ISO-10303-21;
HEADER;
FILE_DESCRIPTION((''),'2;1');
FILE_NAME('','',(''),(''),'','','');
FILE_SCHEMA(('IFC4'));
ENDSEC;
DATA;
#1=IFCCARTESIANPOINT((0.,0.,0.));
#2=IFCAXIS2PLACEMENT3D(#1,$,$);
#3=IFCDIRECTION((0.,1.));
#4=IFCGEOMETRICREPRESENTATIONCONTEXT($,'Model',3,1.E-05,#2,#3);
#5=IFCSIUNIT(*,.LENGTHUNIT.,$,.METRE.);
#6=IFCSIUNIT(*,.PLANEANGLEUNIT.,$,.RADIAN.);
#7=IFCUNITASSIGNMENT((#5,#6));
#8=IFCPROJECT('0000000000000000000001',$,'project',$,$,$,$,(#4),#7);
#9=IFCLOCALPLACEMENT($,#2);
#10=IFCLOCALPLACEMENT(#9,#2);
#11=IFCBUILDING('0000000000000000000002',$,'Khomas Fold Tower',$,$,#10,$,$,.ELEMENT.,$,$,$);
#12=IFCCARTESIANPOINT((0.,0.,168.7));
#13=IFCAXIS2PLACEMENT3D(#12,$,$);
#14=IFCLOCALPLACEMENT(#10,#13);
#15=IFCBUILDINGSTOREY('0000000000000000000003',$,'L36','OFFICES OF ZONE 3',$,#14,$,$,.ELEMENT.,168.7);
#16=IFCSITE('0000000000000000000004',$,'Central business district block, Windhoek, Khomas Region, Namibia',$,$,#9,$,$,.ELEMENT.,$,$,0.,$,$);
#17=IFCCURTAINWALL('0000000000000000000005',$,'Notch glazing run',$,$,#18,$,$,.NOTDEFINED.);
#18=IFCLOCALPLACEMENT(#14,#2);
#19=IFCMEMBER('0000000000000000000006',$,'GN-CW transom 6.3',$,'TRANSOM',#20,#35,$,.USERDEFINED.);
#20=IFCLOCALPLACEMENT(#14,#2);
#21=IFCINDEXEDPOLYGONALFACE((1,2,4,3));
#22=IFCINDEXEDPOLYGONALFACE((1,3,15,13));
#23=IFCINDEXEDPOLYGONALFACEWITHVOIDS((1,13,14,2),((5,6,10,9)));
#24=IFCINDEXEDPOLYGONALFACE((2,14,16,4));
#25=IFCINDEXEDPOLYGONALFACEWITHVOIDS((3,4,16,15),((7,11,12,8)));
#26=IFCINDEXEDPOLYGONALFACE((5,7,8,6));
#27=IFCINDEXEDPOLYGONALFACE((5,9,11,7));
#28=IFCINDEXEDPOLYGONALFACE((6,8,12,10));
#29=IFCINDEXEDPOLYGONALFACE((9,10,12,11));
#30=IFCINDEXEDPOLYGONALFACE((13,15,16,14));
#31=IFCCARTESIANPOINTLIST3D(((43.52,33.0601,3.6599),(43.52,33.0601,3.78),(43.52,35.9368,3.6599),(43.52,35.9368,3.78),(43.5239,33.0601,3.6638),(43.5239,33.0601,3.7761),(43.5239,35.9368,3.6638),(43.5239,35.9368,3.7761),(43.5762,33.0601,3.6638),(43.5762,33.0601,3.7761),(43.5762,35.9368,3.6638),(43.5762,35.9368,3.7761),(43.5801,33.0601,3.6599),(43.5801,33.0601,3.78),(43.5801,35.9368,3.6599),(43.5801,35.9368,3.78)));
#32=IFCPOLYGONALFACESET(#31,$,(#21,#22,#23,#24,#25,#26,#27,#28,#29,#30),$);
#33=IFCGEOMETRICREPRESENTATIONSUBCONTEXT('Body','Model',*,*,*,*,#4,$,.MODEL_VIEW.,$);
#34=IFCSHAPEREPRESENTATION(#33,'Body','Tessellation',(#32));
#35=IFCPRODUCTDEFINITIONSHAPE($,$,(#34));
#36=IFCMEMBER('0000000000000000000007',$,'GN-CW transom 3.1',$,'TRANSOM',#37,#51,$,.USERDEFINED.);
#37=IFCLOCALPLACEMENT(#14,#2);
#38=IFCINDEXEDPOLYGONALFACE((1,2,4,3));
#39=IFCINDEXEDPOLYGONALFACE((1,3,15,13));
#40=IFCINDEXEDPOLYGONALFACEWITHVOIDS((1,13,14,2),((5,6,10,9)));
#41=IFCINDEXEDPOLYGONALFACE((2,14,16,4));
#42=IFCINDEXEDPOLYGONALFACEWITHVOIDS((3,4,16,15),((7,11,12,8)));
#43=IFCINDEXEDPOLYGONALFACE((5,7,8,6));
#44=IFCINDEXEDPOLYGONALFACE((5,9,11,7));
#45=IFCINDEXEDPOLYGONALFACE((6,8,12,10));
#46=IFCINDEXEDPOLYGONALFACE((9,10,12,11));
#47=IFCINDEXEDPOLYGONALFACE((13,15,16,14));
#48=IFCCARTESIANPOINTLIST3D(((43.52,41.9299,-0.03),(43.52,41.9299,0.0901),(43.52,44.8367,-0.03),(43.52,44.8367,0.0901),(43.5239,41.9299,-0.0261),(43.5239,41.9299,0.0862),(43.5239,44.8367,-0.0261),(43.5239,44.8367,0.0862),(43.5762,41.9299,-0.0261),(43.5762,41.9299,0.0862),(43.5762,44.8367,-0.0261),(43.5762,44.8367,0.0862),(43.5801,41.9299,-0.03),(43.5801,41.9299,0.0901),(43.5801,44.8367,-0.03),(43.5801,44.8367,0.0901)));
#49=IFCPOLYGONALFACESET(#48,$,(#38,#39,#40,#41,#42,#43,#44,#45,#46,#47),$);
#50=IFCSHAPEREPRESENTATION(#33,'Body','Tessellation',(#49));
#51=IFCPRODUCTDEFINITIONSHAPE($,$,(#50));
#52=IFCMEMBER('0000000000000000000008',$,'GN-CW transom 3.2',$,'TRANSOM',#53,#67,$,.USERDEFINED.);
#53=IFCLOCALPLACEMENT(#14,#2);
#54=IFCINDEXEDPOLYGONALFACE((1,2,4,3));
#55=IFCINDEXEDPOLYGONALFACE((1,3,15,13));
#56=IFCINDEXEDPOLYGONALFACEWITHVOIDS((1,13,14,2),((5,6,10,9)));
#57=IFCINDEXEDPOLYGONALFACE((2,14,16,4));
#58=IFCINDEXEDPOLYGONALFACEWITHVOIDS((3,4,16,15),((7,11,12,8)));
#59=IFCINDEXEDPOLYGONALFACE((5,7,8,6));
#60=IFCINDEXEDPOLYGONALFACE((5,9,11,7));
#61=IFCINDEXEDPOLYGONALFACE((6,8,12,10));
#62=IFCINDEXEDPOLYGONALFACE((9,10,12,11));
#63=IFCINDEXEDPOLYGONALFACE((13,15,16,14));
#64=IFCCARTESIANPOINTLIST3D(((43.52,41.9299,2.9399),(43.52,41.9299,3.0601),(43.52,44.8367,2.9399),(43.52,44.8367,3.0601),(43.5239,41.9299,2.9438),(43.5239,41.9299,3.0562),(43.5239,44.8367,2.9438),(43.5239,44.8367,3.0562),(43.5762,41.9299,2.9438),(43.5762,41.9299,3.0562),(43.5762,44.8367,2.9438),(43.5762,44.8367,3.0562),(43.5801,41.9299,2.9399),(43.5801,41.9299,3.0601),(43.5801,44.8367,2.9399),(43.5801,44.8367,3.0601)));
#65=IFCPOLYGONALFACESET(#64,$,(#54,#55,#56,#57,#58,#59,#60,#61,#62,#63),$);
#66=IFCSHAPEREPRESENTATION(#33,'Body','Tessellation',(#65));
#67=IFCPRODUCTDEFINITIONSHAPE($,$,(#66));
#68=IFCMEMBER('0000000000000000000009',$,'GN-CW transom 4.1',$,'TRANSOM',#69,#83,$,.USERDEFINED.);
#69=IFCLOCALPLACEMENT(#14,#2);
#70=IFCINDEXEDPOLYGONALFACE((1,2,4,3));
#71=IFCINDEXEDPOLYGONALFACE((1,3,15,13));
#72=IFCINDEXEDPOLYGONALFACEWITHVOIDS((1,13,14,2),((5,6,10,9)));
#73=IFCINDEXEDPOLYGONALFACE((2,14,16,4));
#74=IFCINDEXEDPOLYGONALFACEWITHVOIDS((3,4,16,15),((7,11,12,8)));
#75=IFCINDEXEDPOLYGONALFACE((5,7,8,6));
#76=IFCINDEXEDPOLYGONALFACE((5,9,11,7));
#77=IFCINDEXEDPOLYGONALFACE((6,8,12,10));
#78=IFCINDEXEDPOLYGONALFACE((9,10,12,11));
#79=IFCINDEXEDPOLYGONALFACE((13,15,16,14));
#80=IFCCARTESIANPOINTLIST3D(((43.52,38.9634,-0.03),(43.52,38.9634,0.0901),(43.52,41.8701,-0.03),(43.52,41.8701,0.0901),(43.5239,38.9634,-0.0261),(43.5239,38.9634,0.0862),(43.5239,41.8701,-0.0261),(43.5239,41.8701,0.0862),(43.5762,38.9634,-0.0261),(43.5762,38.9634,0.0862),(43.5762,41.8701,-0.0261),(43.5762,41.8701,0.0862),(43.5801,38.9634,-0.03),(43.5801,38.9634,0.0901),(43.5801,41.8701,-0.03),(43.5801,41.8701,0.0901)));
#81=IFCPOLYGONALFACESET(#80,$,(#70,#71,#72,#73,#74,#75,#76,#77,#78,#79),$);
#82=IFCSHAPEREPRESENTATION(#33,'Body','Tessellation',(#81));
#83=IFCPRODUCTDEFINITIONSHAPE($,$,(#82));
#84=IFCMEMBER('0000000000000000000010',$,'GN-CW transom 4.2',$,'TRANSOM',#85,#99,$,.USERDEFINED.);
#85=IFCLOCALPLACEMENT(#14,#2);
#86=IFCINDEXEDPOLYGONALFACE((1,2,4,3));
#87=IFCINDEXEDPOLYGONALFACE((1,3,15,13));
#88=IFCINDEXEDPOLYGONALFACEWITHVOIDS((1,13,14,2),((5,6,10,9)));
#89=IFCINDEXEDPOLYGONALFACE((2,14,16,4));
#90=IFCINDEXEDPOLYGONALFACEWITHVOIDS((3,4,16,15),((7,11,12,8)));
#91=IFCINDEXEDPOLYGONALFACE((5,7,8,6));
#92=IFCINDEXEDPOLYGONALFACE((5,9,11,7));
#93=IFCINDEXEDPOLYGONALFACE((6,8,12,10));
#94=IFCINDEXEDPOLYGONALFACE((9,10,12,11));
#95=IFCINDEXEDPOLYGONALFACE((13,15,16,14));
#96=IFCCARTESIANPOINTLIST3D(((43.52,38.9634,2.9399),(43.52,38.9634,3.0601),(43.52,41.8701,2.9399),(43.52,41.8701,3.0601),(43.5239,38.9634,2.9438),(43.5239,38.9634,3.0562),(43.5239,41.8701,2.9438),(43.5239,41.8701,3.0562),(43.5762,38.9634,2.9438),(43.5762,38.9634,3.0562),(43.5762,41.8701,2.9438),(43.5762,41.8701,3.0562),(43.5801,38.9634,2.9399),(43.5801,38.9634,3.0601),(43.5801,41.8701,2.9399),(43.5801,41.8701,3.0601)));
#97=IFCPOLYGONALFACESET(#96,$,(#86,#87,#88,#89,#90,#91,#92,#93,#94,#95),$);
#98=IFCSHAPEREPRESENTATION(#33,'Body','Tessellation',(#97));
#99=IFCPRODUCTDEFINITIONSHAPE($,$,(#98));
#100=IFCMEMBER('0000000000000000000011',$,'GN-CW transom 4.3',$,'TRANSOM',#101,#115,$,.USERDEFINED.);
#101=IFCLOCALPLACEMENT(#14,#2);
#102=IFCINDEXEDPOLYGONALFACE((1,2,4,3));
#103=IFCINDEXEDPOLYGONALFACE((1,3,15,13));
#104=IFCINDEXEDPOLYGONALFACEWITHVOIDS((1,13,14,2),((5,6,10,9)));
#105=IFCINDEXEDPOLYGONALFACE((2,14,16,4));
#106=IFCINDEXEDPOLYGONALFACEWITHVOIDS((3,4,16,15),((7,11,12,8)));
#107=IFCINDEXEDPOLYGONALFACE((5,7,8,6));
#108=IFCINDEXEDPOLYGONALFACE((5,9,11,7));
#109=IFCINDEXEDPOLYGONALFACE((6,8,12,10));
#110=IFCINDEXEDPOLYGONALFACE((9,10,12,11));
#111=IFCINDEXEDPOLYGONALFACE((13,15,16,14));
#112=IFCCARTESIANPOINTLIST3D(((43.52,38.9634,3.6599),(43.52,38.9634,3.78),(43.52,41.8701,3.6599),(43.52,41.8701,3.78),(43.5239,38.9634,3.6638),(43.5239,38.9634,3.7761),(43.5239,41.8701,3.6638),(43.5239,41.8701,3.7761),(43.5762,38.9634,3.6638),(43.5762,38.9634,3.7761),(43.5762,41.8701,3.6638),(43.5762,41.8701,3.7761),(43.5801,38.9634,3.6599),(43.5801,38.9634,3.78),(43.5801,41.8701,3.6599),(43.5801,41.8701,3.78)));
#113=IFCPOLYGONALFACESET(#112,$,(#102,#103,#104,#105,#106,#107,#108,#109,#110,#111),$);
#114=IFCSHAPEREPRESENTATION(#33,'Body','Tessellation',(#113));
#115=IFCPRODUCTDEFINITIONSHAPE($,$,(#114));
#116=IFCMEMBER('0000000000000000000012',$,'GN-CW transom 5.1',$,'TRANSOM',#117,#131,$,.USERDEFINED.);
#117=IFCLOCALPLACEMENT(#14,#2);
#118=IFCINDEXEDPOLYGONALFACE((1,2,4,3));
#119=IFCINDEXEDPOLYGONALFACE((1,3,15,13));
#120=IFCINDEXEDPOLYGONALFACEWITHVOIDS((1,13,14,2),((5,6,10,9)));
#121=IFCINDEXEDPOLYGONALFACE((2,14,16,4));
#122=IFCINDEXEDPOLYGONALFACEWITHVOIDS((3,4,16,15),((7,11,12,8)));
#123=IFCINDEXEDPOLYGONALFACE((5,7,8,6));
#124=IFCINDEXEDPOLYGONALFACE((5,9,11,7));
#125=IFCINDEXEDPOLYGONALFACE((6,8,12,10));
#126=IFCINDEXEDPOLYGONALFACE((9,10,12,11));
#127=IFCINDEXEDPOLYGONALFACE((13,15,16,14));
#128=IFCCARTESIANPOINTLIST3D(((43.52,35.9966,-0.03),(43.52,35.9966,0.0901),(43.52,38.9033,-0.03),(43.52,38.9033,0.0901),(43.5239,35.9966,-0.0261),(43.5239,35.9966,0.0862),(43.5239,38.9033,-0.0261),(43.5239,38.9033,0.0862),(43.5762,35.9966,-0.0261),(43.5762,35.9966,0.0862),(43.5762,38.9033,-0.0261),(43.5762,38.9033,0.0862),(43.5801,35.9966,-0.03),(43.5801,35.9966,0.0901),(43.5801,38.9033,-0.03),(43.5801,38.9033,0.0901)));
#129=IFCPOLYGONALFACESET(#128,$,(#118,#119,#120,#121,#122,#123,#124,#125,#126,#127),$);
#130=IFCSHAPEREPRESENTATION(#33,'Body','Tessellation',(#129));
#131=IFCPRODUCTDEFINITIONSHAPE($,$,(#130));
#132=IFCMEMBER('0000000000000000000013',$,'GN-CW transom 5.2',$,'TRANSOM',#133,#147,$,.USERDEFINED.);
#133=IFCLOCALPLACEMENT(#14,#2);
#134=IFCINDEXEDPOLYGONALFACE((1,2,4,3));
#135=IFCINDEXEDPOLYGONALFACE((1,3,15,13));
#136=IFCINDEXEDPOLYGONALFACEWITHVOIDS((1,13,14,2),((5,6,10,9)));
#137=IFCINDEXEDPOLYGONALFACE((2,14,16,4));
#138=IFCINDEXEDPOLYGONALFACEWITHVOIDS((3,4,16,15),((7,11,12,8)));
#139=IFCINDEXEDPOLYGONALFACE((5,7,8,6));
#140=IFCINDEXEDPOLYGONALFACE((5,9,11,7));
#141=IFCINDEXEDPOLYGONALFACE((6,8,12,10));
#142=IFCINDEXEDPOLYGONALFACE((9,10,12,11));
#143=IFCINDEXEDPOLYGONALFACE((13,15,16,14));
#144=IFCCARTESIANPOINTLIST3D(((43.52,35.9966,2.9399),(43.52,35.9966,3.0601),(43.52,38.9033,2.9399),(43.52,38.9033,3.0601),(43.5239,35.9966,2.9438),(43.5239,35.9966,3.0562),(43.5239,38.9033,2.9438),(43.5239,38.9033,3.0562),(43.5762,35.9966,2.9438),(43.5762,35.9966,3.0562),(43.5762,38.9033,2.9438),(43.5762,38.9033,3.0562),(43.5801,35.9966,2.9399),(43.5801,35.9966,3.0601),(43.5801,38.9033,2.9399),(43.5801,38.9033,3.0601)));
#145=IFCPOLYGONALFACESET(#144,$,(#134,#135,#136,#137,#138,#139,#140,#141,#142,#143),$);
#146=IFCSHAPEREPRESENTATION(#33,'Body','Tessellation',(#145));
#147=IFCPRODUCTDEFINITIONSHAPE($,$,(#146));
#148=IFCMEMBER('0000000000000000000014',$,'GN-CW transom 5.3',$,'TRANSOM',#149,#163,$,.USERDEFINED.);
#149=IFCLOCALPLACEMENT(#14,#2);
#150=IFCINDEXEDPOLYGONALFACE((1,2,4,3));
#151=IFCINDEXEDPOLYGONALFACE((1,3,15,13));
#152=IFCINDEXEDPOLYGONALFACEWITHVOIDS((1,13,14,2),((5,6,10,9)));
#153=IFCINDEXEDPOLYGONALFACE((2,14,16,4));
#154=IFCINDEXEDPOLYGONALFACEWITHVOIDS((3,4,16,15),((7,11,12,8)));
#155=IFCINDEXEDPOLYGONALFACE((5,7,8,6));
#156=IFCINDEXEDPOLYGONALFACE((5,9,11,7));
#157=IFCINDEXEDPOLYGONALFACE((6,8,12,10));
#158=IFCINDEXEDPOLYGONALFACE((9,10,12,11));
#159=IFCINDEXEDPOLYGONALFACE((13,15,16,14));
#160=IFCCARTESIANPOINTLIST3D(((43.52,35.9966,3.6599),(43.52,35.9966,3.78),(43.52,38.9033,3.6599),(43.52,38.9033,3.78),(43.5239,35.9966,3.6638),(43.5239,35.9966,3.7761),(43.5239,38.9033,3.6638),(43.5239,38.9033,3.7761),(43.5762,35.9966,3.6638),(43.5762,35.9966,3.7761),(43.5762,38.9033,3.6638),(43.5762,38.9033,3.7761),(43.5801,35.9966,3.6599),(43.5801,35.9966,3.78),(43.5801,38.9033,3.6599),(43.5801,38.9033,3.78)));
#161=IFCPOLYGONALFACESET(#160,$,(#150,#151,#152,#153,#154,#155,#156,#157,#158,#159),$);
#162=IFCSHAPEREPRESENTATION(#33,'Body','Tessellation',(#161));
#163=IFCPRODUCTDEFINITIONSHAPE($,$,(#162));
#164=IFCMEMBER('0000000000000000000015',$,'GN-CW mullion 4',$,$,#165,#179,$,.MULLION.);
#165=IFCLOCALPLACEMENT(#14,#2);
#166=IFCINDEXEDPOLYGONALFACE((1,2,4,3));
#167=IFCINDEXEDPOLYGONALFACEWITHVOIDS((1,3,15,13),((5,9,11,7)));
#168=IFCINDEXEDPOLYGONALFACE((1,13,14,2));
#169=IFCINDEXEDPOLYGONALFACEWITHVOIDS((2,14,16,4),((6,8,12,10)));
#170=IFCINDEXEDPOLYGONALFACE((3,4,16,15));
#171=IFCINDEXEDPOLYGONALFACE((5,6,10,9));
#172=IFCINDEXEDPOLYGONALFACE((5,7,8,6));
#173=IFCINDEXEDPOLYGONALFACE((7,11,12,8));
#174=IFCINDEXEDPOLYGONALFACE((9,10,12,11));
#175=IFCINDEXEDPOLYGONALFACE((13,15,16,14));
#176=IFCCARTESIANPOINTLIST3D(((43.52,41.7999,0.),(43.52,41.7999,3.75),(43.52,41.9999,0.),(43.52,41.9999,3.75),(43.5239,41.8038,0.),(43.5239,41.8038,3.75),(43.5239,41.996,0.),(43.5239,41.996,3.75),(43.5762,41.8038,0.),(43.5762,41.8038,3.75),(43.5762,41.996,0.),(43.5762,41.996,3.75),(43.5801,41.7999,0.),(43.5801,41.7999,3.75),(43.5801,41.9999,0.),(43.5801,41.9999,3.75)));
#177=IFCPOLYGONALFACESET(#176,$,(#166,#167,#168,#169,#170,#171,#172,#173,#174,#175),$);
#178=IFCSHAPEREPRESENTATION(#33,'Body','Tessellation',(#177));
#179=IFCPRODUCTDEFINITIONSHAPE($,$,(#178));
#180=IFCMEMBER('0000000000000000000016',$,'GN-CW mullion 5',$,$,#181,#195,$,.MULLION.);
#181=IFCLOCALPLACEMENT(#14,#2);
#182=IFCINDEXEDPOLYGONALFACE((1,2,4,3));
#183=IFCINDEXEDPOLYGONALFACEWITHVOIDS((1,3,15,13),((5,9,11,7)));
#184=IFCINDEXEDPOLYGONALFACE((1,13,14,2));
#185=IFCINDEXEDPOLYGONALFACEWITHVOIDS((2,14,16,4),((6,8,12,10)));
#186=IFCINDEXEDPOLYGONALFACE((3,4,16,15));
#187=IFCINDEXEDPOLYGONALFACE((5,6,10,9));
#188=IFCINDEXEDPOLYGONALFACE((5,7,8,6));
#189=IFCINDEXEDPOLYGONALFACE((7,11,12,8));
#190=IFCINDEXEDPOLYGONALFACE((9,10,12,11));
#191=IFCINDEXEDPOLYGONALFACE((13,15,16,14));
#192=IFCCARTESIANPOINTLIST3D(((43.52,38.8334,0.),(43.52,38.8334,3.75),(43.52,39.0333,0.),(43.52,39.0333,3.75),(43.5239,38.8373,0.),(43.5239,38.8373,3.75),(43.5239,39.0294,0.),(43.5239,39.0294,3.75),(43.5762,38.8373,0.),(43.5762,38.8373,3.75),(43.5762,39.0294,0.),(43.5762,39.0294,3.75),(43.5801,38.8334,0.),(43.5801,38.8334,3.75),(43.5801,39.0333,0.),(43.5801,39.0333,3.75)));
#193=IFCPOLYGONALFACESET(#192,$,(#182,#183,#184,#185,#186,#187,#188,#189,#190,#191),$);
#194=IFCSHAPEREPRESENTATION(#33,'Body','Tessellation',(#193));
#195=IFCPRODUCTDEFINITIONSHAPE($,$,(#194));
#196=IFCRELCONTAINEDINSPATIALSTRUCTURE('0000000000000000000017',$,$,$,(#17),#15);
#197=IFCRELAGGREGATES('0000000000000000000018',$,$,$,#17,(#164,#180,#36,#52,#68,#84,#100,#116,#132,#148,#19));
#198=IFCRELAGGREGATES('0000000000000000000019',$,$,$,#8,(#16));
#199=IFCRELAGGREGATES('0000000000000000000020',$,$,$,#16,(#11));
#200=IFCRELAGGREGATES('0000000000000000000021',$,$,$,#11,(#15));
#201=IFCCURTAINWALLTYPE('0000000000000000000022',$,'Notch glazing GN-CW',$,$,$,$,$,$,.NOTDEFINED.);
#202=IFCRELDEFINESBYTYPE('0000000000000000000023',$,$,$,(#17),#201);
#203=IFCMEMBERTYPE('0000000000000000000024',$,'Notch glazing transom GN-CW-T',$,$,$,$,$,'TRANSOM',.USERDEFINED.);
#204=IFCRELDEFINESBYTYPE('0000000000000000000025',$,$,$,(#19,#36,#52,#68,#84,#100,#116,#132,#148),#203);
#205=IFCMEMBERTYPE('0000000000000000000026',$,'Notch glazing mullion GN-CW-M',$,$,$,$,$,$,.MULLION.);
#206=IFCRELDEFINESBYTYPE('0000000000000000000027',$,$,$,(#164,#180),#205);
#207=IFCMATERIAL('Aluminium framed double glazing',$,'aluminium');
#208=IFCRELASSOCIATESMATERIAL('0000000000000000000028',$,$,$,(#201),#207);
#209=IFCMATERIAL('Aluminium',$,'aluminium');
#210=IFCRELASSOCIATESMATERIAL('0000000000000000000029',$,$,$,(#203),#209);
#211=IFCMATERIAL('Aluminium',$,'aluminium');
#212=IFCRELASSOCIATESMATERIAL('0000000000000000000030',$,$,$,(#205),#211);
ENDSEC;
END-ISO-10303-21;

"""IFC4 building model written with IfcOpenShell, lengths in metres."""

from ifc_helpers import new_model, si_unit, direction, frame, origin, origin_2d, place, context, subcontext, project, spatial, hollow_rectangle, extrude, source, transform, mapped, material, material_profile, profile_set, type_object, element, aggregate, save


model = new_model("IFC4")

# Units and contexts
model_context = context("Model", 3, precision=1e-05, world=origin(), true_north=direction((0.0, 1.0)))
body_context = subcontext(model_context, "Body", "Model", "MODEL_VIEW")
ifc_project = project(units=[si_unit("LENGTHUNIT", "METRE"), si_unit("PLANEANGLEUNIT", "RADIAN")], contexts=[model_context])

# Site, building, storey
site_placement = place(None, origin())
site = spatial("IfcSite", under=ifc_project, at=site_placement, Name="Central business district block, Windhoek, Khomas Region, Namibia", CompositionType="ELEMENT", RefElevation=0.0)
building_placement = place(site_placement, origin())
building = spatial("IfcBuilding", under=site, at=building_placement, Name="Khomas Fold Tower", CompositionType="ELEMENT")
storey_placement = place(building_placement, frame((0.0, 0.0, 168.7)))
storey = spatial("IfcBuildingStorey", under=building, at=storey_placement, Name="L36", Description="OFFICES OF ZONE 3", CompositionType="ELEMENT", Elevation=168.7)

# Curtain wall, members
ifc_material_1 = material(Name="Aluminium framed double glazing", Category="aluminium")
curtain_wall_type_1 = type_object("IfcCurtainWallType", Name="Notch glazing GN-CW", PredefinedType="NOTDEFINED", material=ifc_material_1)
curtain_wall_1_placement = place(storey_placement, origin())
curtain_wall_1 = element("IfcCurtainWall", 1, at=curtain_wall_1_placement, inside=storey, type_object=curtain_wall_type_1, Name="Notch glazing run", PredefinedType="NOTDEFINED")
ifc_material_2 = material(Name="Aluminium", Category="aluminium")
ifc_material_profile_1 = material_profile(ifc_material_2, hollow_rectangle(XDim=0.0601, YDim=0.1201, WallThickness=0.0039, at=origin_2d()), Name="Notch glazing transom GN-CW-T")
ifc_profile_set_1 = profile_set([ifc_material_profile_1], Name="Aluminium")
member_type_1 = type_object("IfcMemberType", Name="Notch glazing transom GN-CW-T", ElementType="TRANSOM", PredefinedType="USERDEFINED", material=ifc_profile_set_1)
shared_shape_1 = source(origin(), body_context, "Body", "SweptSolid", [
    extrude(hollow_rectangle(XDim=0.0601, YDim=0.1201, WallThickness=0.0039, at=origin_2d()), origin(), (0.0, 0.0, 1.0), 2.8767),
])
member_1_placement = place(storey_placement, frame((43.55, 35.9368, 3.72), z_axis=(0.0, -1.0, 0.0), x_axis=(1.0, 0.0, 0.0)))
member_1 = element("IfcMember", 2, at=member_1_placement, type_object=member_type_1, Name="GN-CW transom 6.3", ObjectType="TRANSOM", PredefinedType="USERDEFINED", context=body_context, shape_type="MappedRepresentation", body=[
    mapped(shared_shape_1, transform((0.0, 0.0, 0.0))),
])
shared_shape_2 = source(origin(), body_context, "Body", "SweptSolid", [
    extrude(hollow_rectangle(XDim=0.0601, YDim=0.1201, WallThickness=0.0039, at=origin_2d()), origin(), (0.0, 0.0, 1.0), 2.9067),
])
member_2_placement = place(storey_placement, frame((43.55, 44.8367, 0.03), z_axis=(0.0, -1.0, 0.0), x_axis=(1.0, 0.0, 0.0)))
member_2 = element("IfcMember", 3, at=member_2_placement, type_object=member_type_1, Name="GN-CW transom 3.1", ObjectType="TRANSOM", PredefinedType="USERDEFINED", context=body_context, shape_type="MappedRepresentation", body=[
    mapped(shared_shape_2, transform((0.0, 0.0, 0.0))),
])
member_3_placement = place(storey_placement, frame((43.55, 44.8367, 3.0), z_axis=(0.0, -1.0, 0.0), x_axis=(1.0, 0.0, 0.0)))
member_3 = element("IfcMember", 4, at=member_3_placement, type_object=member_type_1, Name="GN-CW transom 3.2", ObjectType="TRANSOM", PredefinedType="USERDEFINED", context=body_context, shape_type="MappedRepresentation", body=[
    mapped(shared_shape_2, transform((0.0, 0.0, 0.0))),
])
member_4_placement = place(storey_placement, frame((43.55, 41.8701, 0.03), z_axis=(0.0, -1.0, 0.0), x_axis=(1.0, 0.0, 0.0)))
member_4 = element("IfcMember", 5, at=member_4_placement, type_object=member_type_1, Name="GN-CW transom 4.1", ObjectType="TRANSOM", PredefinedType="USERDEFINED", context=body_context, shape_type="MappedRepresentation", body=[
    mapped(shared_shape_2, transform((0.0, 0.0, 0.0))),
])
member_5_placement = place(storey_placement, frame((43.55, 41.8701, 3.0), z_axis=(0.0, -1.0, 0.0), x_axis=(1.0, 0.0, 0.0)))
member_5 = element("IfcMember", 6, at=member_5_placement, type_object=member_type_1, Name="GN-CW transom 4.2", ObjectType="TRANSOM", PredefinedType="USERDEFINED", context=body_context, shape_type="MappedRepresentation", body=[
    mapped(shared_shape_2, transform((0.0, 0.0, 0.0))),
])
member_6_placement = place(storey_placement, frame((43.55, 41.8701, 3.72), z_axis=(0.0, -1.0, 0.0), x_axis=(1.0, 0.0, 0.0)))
member_6 = element("IfcMember", 7, at=member_6_placement, type_object=member_type_1, Name="GN-CW transom 4.3", ObjectType="TRANSOM", PredefinedType="USERDEFINED", context=body_context, shape_type="MappedRepresentation", body=[
    mapped(shared_shape_2, transform((0.0, 0.0, 0.0))),
])
member_7_placement = place(storey_placement, frame((43.55, 38.9033, 0.03), z_axis=(0.0, -1.0, 0.0), x_axis=(1.0, 0.0, 0.0)))
member_7 = element("IfcMember", 8, at=member_7_placement, type_object=member_type_1, Name="GN-CW transom 5.1", ObjectType="TRANSOM", PredefinedType="USERDEFINED", context=body_context, shape_type="MappedRepresentation", body=[
    mapped(shared_shape_2, transform((0.0, 0.0, 0.0))),
])
member_8_placement = place(storey_placement, frame((43.55, 38.9033, 3.0), z_axis=(0.0, -1.0, 0.0), x_axis=(1.0, 0.0, 0.0)))
member_8 = element("IfcMember", 9, at=member_8_placement, type_object=member_type_1, Name="GN-CW transom 5.2", ObjectType="TRANSOM", PredefinedType="USERDEFINED", context=body_context, shape_type="MappedRepresentation", body=[
    mapped(shared_shape_2, transform((0.0, 0.0, 0.0))),
])
member_9_placement = place(storey_placement, frame((43.55, 38.9033, 3.72), z_axis=(0.0, -1.0, 0.0), x_axis=(1.0, 0.0, 0.0)))
member_9 = element("IfcMember", 10, at=member_9_placement, type_object=member_type_1, Name="GN-CW transom 5.3", ObjectType="TRANSOM", PredefinedType="USERDEFINED", context=body_context, shape_type="MappedRepresentation", body=[
    mapped(shared_shape_2, transform((0.0, 0.0, 0.0))),
])
ifc_material_3 = material(Name="Aluminium", Category="aluminium")
ifc_material_profile_2 = material_profile(ifc_material_3, hollow_rectangle(XDim=0.0601, YDim=0.2, WallThickness=0.0039, at=origin_2d()), Name="Notch glazing mullion GN-CW-M")
ifc_profile_set_2 = profile_set([ifc_material_profile_2], Name="Aluminium")
member_type_2 = type_object("IfcMemberType", Name="Notch glazing mullion GN-CW-M", PredefinedType="MULLION", material=ifc_profile_set_2)
shared_shape_3 = source(origin(), body_context, "Body", "SweptSolid", [
    extrude(hollow_rectangle(XDim=0.0601, YDim=0.2, WallThickness=0.0039, at=origin_2d()), origin(), (0.0, 0.0, 1.0), 3.75),
])
member_10_placement = place(storey_placement, frame((43.55, 41.8999, 0.0), z_axis=(0.0, 0.0, 1.0), x_axis=(1.0, 0.0, 0.0)))
member_10 = element("IfcMember", 11, at=member_10_placement, type_object=member_type_2, Name="GN-CW mullion 4", PredefinedType="MULLION", context=body_context, shape_type="MappedRepresentation", body=[
    mapped(shared_shape_3, transform((0.0, 0.0, 0.0))),
])
member_11_placement = place(storey_placement, frame((43.55, 38.9333, 0.0), z_axis=(0.0, 0.0, 1.0), x_axis=(1.0, 0.0, 0.0)))
member_11 = element("IfcMember", 12, at=member_11_placement, type_object=member_type_2, Name="GN-CW mullion 5", PredefinedType="MULLION", context=body_context, shape_type="MappedRepresentation", body=[
    mapped(shared_shape_3, transform((0.0, 0.0, 0.0))),
])

aggregate(curtain_wall_1, [member_10, member_11, member_2, member_3, member_4, member_5, member_6, member_7, member_8, member_9, member_1])

save(model, "model.ifc")
